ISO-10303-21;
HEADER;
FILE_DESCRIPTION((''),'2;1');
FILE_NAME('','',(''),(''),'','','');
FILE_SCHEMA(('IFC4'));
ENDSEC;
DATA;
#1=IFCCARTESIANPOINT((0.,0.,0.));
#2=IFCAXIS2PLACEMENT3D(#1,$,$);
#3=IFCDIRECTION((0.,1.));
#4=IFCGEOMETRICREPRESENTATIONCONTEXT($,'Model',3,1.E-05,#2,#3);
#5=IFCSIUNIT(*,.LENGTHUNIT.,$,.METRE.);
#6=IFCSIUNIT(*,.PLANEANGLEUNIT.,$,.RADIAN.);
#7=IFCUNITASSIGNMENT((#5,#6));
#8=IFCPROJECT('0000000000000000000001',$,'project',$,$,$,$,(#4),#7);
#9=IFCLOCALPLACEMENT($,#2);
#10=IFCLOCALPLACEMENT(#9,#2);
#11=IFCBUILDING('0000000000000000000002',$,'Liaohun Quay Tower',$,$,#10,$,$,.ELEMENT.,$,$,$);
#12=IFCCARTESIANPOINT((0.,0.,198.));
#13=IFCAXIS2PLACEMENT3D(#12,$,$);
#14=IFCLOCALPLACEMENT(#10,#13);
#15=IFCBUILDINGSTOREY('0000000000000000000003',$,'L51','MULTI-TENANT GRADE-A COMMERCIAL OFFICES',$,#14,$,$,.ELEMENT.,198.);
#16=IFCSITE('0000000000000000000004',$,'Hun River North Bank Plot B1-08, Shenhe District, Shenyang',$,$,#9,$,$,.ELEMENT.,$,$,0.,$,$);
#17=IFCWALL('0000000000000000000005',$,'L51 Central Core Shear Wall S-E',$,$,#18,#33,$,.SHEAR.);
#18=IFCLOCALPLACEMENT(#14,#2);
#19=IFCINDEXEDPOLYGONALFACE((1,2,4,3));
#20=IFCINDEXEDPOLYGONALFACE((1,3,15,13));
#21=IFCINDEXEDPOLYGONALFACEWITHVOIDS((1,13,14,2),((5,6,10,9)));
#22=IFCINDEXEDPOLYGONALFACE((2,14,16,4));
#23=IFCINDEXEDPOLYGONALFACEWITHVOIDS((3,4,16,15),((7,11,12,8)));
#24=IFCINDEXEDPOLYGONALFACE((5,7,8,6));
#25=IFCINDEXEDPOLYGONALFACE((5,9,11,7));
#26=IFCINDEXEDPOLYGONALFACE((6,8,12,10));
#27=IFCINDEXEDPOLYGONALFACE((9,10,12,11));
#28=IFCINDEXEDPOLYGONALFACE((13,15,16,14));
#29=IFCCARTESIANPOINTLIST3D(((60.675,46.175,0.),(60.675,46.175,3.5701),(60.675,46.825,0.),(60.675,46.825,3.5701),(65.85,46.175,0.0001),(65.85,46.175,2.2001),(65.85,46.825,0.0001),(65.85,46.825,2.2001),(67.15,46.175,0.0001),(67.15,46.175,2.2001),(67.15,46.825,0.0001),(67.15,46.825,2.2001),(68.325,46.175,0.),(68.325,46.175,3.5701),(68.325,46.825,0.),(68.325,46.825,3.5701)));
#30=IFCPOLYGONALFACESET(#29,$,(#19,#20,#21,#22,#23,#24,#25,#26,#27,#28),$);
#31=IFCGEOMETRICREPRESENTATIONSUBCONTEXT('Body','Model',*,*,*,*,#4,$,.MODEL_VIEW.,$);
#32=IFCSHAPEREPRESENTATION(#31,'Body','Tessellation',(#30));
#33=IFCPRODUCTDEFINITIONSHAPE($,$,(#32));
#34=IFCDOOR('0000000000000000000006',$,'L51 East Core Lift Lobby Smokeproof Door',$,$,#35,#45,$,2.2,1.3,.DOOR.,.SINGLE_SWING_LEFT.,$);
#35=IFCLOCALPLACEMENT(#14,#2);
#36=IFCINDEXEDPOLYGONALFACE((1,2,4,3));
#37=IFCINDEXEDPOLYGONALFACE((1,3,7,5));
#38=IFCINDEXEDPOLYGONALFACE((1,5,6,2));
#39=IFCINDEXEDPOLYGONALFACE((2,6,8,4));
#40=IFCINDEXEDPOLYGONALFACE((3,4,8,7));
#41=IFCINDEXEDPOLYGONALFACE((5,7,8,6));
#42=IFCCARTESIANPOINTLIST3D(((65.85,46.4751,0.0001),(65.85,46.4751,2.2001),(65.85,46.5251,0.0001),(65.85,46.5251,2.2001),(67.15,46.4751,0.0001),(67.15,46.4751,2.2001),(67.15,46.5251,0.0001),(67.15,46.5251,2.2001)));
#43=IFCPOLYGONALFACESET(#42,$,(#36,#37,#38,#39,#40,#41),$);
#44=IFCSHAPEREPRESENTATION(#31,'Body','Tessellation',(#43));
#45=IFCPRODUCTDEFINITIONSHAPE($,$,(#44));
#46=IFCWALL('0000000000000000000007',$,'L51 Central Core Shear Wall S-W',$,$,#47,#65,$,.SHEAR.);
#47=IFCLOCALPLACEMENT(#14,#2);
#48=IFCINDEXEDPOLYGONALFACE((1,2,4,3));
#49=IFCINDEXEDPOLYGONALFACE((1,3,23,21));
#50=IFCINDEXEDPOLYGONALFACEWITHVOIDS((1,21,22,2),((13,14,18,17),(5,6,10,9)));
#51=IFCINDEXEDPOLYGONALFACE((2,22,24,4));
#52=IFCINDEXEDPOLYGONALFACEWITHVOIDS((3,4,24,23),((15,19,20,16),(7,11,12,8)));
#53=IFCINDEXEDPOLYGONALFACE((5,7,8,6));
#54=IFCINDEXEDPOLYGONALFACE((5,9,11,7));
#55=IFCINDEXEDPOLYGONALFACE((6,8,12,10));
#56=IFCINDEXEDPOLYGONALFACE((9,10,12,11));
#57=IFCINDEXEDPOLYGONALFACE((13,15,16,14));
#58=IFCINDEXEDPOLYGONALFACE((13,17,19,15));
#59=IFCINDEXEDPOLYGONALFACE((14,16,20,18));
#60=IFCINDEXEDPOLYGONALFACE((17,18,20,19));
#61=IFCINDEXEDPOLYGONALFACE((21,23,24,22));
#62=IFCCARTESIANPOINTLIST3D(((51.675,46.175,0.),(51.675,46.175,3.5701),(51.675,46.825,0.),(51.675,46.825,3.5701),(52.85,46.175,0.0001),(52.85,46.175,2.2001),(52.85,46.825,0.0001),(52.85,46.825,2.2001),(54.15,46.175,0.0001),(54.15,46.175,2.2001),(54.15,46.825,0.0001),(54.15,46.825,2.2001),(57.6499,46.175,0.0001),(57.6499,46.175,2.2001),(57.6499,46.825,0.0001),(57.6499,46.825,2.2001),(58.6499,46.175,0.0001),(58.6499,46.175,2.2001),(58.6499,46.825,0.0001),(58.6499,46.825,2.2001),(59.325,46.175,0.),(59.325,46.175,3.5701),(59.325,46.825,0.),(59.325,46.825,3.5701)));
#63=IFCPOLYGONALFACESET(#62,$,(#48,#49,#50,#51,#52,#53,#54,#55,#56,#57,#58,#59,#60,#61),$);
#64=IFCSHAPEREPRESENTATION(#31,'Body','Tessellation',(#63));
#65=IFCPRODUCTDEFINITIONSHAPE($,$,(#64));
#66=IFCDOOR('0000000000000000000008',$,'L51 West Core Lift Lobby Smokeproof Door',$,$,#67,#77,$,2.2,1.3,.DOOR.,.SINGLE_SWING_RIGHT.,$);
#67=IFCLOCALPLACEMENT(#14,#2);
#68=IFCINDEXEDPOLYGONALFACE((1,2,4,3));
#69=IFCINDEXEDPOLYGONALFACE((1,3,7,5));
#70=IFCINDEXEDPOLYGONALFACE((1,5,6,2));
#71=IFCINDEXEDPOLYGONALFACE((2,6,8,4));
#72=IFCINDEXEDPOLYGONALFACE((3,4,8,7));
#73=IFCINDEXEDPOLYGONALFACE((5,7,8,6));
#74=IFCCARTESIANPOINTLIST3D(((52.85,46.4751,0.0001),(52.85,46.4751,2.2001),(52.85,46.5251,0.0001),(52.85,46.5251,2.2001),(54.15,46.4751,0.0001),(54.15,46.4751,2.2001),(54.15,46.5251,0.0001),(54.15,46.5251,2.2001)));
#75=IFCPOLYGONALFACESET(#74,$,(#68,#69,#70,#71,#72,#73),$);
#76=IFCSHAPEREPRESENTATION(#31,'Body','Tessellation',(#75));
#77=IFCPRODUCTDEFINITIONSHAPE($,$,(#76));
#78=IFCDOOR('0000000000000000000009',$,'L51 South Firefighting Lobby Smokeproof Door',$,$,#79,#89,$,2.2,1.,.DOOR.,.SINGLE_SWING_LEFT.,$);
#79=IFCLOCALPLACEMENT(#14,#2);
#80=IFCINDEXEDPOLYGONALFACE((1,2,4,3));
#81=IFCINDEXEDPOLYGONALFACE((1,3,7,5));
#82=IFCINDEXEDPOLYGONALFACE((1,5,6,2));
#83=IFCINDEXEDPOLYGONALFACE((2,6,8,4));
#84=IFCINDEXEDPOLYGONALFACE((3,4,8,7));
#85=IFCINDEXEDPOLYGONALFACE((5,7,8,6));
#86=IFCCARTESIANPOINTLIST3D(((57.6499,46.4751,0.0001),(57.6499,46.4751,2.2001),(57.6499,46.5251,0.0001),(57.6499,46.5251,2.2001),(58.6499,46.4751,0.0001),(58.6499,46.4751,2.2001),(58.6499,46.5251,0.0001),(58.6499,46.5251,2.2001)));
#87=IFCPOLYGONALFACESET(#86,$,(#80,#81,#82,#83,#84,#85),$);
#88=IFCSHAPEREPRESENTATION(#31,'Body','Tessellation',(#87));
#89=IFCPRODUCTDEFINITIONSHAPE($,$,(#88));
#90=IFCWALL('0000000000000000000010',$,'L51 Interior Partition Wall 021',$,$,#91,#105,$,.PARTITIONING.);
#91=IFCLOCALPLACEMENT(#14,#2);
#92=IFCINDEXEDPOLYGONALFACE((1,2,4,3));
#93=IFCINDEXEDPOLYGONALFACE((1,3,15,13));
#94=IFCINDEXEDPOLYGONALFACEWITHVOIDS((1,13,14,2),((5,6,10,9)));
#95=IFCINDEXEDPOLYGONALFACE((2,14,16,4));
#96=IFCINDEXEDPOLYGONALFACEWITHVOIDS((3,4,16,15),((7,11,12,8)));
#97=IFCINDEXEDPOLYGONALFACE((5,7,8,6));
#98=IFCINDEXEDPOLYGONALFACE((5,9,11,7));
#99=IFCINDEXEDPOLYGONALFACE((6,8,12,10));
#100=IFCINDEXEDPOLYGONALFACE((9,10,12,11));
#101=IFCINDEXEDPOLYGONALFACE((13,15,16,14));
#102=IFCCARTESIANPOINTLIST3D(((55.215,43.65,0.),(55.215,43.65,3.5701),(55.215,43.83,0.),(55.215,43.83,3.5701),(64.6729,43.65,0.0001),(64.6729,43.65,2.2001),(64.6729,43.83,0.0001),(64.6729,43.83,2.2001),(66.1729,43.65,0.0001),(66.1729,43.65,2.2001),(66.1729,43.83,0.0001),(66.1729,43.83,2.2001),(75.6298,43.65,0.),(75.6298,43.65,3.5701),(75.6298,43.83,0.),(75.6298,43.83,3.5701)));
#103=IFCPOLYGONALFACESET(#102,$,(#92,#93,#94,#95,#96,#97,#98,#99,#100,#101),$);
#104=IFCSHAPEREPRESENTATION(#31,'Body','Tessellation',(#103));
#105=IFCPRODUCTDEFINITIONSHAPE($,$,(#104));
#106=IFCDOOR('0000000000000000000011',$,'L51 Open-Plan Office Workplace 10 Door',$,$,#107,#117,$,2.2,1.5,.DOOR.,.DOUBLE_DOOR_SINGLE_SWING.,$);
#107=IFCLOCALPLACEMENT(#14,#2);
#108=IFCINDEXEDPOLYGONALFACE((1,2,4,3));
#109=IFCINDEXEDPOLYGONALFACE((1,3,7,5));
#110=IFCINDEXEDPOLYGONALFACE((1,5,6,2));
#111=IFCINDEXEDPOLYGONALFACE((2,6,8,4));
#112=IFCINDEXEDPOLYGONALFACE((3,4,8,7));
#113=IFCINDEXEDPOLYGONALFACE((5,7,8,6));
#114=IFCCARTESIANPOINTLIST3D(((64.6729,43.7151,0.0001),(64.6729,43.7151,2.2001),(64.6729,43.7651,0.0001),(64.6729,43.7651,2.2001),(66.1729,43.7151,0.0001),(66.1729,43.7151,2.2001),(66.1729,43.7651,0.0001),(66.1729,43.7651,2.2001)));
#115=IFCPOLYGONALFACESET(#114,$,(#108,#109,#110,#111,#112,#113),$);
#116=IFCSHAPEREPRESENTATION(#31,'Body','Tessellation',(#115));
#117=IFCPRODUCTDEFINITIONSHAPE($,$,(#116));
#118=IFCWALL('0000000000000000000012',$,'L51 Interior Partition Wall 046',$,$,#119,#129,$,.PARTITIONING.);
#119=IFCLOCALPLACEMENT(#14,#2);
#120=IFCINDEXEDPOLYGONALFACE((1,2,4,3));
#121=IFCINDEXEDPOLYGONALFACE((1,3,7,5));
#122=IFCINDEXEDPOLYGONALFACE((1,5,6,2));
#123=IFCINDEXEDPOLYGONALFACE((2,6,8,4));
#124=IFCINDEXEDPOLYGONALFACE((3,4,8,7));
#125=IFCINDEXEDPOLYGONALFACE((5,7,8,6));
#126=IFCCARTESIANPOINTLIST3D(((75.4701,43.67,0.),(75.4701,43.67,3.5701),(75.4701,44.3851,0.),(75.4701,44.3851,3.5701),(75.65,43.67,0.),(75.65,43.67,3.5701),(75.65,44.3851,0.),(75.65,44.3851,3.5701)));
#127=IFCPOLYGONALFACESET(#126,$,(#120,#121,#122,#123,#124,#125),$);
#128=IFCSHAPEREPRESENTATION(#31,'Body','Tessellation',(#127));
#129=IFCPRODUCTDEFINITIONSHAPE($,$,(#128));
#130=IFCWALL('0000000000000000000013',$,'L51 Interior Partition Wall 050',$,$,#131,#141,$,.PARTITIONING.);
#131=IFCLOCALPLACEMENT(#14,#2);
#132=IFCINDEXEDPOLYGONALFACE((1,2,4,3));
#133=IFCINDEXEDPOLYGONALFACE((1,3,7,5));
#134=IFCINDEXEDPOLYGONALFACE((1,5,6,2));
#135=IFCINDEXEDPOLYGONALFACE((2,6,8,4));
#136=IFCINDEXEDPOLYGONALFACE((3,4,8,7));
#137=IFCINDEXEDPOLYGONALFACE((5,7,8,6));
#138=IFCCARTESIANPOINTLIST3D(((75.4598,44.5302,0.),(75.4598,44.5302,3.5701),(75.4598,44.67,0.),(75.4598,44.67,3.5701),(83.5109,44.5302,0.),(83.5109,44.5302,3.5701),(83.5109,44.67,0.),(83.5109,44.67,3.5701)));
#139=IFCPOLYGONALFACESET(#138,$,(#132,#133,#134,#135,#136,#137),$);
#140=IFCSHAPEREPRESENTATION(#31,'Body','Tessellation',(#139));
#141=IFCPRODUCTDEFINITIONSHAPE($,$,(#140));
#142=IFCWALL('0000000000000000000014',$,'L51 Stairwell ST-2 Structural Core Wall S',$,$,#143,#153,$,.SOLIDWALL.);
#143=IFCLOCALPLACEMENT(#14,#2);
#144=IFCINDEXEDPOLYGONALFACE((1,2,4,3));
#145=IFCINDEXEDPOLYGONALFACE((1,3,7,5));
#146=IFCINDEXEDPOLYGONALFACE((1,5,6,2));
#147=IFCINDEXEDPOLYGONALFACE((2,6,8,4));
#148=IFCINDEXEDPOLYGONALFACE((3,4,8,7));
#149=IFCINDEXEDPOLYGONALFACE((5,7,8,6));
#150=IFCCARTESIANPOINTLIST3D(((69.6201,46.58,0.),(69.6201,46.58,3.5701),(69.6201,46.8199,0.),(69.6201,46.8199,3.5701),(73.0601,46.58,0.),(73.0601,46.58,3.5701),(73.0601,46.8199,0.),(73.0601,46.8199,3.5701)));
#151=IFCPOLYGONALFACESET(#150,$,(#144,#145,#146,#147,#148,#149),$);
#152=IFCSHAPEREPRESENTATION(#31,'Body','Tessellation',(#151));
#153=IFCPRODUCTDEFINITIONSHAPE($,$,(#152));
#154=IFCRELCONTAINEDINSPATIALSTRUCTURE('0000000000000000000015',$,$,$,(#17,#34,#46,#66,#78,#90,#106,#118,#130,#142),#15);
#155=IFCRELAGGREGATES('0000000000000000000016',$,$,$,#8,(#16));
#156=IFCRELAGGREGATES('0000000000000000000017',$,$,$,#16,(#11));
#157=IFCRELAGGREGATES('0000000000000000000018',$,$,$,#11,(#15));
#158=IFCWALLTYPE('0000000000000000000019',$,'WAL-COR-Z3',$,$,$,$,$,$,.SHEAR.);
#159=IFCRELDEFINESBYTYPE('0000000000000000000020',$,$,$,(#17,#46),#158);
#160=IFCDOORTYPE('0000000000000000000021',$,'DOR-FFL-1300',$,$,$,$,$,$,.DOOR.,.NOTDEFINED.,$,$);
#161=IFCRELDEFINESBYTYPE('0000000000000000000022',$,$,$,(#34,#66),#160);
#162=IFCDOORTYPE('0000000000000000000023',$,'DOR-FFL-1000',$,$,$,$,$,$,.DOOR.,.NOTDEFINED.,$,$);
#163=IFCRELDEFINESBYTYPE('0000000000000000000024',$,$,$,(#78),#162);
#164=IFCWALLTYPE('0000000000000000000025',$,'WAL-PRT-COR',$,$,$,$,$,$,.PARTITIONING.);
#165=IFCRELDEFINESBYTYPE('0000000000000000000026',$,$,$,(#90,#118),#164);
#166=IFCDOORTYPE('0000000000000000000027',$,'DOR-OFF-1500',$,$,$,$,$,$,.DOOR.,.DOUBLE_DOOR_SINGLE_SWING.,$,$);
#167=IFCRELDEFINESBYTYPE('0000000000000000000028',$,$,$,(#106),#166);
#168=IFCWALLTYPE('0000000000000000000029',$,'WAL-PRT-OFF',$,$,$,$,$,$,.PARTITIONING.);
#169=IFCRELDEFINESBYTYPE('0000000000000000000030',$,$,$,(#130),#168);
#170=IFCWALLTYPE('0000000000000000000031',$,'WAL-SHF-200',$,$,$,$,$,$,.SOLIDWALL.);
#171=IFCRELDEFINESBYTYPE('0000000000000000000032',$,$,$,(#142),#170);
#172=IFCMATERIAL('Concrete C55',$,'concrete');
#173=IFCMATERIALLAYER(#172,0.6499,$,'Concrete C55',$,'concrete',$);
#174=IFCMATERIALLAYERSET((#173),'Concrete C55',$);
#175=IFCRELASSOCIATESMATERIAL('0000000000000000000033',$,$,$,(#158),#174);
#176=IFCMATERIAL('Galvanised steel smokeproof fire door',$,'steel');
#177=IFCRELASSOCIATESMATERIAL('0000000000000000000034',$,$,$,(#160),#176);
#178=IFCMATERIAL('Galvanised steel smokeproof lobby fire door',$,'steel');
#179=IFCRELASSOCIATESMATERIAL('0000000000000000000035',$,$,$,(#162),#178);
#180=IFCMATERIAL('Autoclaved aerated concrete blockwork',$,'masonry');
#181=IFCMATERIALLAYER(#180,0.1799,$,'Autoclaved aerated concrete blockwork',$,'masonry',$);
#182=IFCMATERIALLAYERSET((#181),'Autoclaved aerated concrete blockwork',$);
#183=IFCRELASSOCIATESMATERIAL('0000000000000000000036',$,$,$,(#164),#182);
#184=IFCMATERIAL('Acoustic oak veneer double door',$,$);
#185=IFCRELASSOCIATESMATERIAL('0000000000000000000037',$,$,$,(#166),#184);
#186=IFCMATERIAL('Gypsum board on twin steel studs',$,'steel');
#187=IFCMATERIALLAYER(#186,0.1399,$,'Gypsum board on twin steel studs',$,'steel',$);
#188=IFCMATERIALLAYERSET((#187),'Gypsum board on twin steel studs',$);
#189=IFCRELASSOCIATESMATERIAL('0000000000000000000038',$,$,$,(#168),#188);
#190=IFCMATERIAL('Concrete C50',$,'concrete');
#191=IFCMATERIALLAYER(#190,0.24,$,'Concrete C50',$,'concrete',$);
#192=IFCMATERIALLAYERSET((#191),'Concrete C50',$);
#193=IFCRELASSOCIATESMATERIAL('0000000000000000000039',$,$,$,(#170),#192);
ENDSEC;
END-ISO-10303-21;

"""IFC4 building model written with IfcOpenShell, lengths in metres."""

from ifc_helpers import new_model, si_unit, direction, frame, frame_2d, origin, place, context, subcontext, project, spatial, rectangle, extrude, source, transform, mapped, material, layer, layer_set, type_object, element, fill, save


model = new_model("IFC4")

# Units and contexts
model_context = context("Model", 3, precision=1e-05, world=origin(), true_north=direction((0.0, 1.0)))
body_context = subcontext(model_context, "Body", "Model", "MODEL_VIEW")
ifc_project = project(units=[si_unit("LENGTHUNIT", "METRE"), si_unit("PLANEANGLEUNIT", "RADIAN")], contexts=[model_context])

# Site, building, storey
site_placement = place(None, origin())
site = spatial("IfcSite", under=ifc_project, at=site_placement, Name="Hun River North Bank Plot B1-08, Shenhe District, Shenyang", CompositionType="ELEMENT", RefElevation=0.0)
building_placement = place(site_placement, origin())
building = spatial("IfcBuilding", under=site, at=building_placement, Name="Liaohun Quay Tower", CompositionType="ELEMENT")
storey_placement = place(building_placement, frame((0.0, 0.0, 198.0)))
storey = spatial("IfcBuildingStorey", under=building, at=storey_placement, Name="L51", Description="MULTI-TENANT GRADE-A COMMERCIAL OFFICES", CompositionType="ELEMENT", Elevation=198.0)

# Shared definitions
ifc_material_1 = material(Name="Concrete C55", Category="concrete")

# Wall, opening, door
ifc_layer_1 = layer(ifc_material_1, 0.6499, Name="Concrete C55", Category="concrete")
ifc_layer_set_1 = layer_set([ifc_layer_1], Name="Concrete C55")
wall_type_1 = type_object("IfcWallType", Name="WAL-COR-Z3", PredefinedType="SHEAR", material=ifc_layer_set_1)
wall_1_placement = place(storey_placement, frame((68.325, 46.5, 0.0), z_axis=(0.0, 0.0, 1.0), x_axis=(-1.0, 0.0, 0.0)))
wall_1 = element("IfcWall", 1, at=wall_1_placement, inside=storey, type_object=wall_type_1, Name="L51 Central Core Shear Wall S-E", PredefinedType="SHEAR", context=body_context, shape_type="SweptSolid", body=[
    extrude(rectangle(XDim=7.6499, YDim=0.6499, at=frame_2d((3.825, 0.0))), origin(), (0.0, 0.0, 1.0), 3.5701),
])
shared_shape_1 = source(origin(), body_context, "Body", "SweptSolid", [
    extrude(rectangle(XDim=1.3, YDim=2.2, at=frame_2d((0.6499, 1.1001))), frame((0.0, 0.335, 0.0), z_axis=(0.0, -1.0, 0.0), x_axis=(1.0, 0.0, 0.0)), (0.0, 0.0, 1.0), 0.6699),
])
opening_1_placement = place(wall_1_placement, frame((1.175, 0.0, 0.0)))
opening_1 = element("IfcOpeningElement", 2, at=opening_1_placement, cuts=wall_1, PredefinedType="OPENING", context=body_context, shape_type="MappedRepresentation", body=[
    mapped(shared_shape_1, transform((0.0, 0.0, 0.0), x_axis=(1.0, 0.0, 0.0), y_axis=(0.0, 1.0, 0.0), z_axis=(0.0, 0.0, 1.0), scale=1.0)),
])
ifc_material_2 = material(Name="Galvanised steel smokeproof fire door", Category="steel")
door_type_1 = type_object("IfcDoorType", Name="DOR-FFL-1300", OperationType="NOTDEFINED", PredefinedType="DOOR", material=ifc_material_2)
shared_shape_2 = source(origin(), body_context, "Body", "SweptSolid", [
    extrude(rectangle(XDim=1.3, YDim=2.2, at=frame_2d((0.6499, 1.1001))), frame((0.0, 0.0249, 0.0), z_axis=(0.0, -1.0, 0.0), x_axis=(1.0, 0.0, 0.0)), (0.0, 0.0, 1.0), 0.05),
])
door_1_placement = place(opening_1_placement, origin())
door_1 = element("IfcDoor", 3, at=door_1_placement, inside=storey, type_object=door_type_1, Name="L51 East Core Lift Lobby Smokeproof Door", OperationType="SINGLE_SWING_LEFT", OverallHeight=2.2, OverallWidth=1.3, PredefinedType="DOOR", context=body_context, shape_type="MappedRepresentation", body=[
    mapped(shared_shape_2, transform((0.0, 0.0, 0.0), x_axis=(1.0, 0.0, 0.0), y_axis=(0.0, 1.0, 0.0), z_axis=(0.0, 0.0, 1.0), scale=1.0)),
])
fill(opening_1, door_1)

# Wall, openings, doors
wall_2_placement = place(storey_placement, frame((59.325, 46.5, 0.0), z_axis=(0.0, 0.0, 1.0), x_axis=(-1.0, 0.0, 0.0)))
wall_2 = element("IfcWall", 4, at=wall_2_placement, inside=storey, type_object=wall_type_1, Name="L51 Central Core Shear Wall S-W", PredefinedType="SHEAR", context=body_context, shape_type="SweptSolid", body=[
    extrude(rectangle(XDim=7.6499, YDim=0.6499, at=frame_2d((3.825, 0.0))), origin(), (0.0, 0.0, 1.0), 3.5701),
])
opening_2_placement = place(wall_2_placement, frame((5.175, 0.0, 0.0)))
opening_2 = element("IfcOpeningElement", 5, at=opening_2_placement, cuts=wall_2, PredefinedType="OPENING", context=body_context, shape_type="MappedRepresentation", body=[
    mapped(shared_shape_1, transform((0.0, 0.0, 0.0), x_axis=(1.0, 0.0, 0.0), y_axis=(0.0, 1.0, 0.0), z_axis=(0.0, 0.0, 1.0), scale=1.0)),
])
shared_shape_3 = source(origin(), body_context, "Body", "SweptSolid", [
    extrude(rectangle(XDim=1.0, YDim=2.2, at=frame_2d((0.5, 1.1001))), frame((0.0, 0.335, 0.0), z_axis=(0.0, -1.0, 0.0), x_axis=(1.0, 0.0, 0.0)), (0.0, 0.0, 1.0), 0.6699),
])
opening_3_placement = place(wall_2_placement, frame((0.675, 0.0, 0.0)))
opening_3 = element("IfcOpeningElement", 6, at=opening_3_placement, cuts=wall_2, PredefinedType="OPENING", context=body_context, shape_type="MappedRepresentation", body=[
    mapped(shared_shape_3, transform((0.0, 0.0, 0.0), x_axis=(1.0, 0.0, 0.0), y_axis=(0.0, 1.0, 0.0), z_axis=(0.0, 0.0, 1.0), scale=1.0)),
])
door_2_placement = place(opening_2_placement, origin())
door_2 = element("IfcDoor", 7, at=door_2_placement, inside=storey, type_object=door_type_1, Name="L51 West Core Lift Lobby Smokeproof Door", OperationType="SINGLE_SWING_RIGHT", OverallHeight=2.2, OverallWidth=1.3, PredefinedType="DOOR", context=body_context, shape_type="MappedRepresentation", body=[
    mapped(shared_shape_2, transform((0.0, 0.0, 0.0), x_axis=(1.0, 0.0, 0.0), y_axis=(0.0, 1.0, 0.0), z_axis=(0.0, 0.0, 1.0), scale=1.0)),
])
fill(opening_2, door_2)
ifc_material_3 = material(Name="Galvanised steel smokeproof lobby fire door", Category="steel")
door_type_2 = type_object("IfcDoorType", Name="DOR-FFL-1000", OperationType="NOTDEFINED", PredefinedType="DOOR", material=ifc_material_3)
shared_shape_4 = source(origin(), body_context, "Body", "SweptSolid", [
    extrude(rectangle(XDim=1.0, YDim=2.2, at=frame_2d((0.5, 1.1001))), frame((0.0, 0.0249, 0.0), z_axis=(0.0, -1.0, 0.0), x_axis=(1.0, 0.0, 0.0)), (0.0, 0.0, 1.0), 0.05),
])
door_3_placement = place(opening_3_placement, origin())
door_3 = element("IfcDoor", 8, at=door_3_placement, inside=storey, type_object=door_type_2, Name="L51 South Firefighting Lobby Smokeproof Door", OperationType="SINGLE_SWING_LEFT", OverallHeight=2.2, OverallWidth=1.0, PredefinedType="DOOR", context=body_context, shape_type="MappedRepresentation", body=[
    mapped(shared_shape_4, transform((0.0, 0.0, 0.0), x_axis=(1.0, 0.0, 0.0), y_axis=(0.0, 1.0, 0.0), z_axis=(0.0, 0.0, 1.0), scale=1.0)),
])
fill(opening_3, door_3)

# Wall, opening, door
ifc_material_4 = material(Name="Autoclaved aerated concrete blockwork", Category="masonry")
ifc_layer_2 = layer(ifc_material_4, 0.1799, Name="Autoclaved aerated concrete blockwork", Category="masonry")
ifc_layer_set_2 = layer_set([ifc_layer_2], Name="Autoclaved aerated concrete blockwork")
wall_type_2 = type_object("IfcWallType", Name="WAL-PRT-COR", PredefinedType="PARTITIONING", material=ifc_layer_set_2)
wall_3_placement = place(storey_placement, frame((75.6299, 43.74, 0.0), z_axis=(0.0, 0.0, 1.0), x_axis=(-1.0, 0.0, 0.0)))
wall_3 = element("IfcWall", 9, at=wall_3_placement, inside=storey, type_object=wall_type_2, Name="L51 Interior Partition Wall 021", PredefinedType="PARTITIONING", context=body_context, shape_type="SweptSolid", body=[
    extrude(rectangle(XDim=20.4148, YDim=0.1799, at=frame_2d((10.2075, 0.0))), origin(), (0.0, 0.0, 1.0), 3.5701),
])
shared_shape_5 = source(origin(), body_context, "Body", "SweptSolid", [
    extrude(rectangle(XDim=1.5, YDim=2.2, at=frame_2d((0.75, 1.1001))), frame((0.0, 0.0999, 0.0), z_axis=(0.0, -1.0, 0.0), x_axis=(1.0, 0.0, 0.0)), (0.0, 0.0, 1.0), 0.2),
])
opening_4_placement = place(wall_3_placement, frame((9.457, 0.0, 0.0)))
opening_4 = element("IfcOpeningElement", 10, at=opening_4_placement, cuts=wall_3, PredefinedType="OPENING", context=body_context, shape_type="MappedRepresentation", body=[
    mapped(shared_shape_5, transform((0.0, 0.0, 0.0), x_axis=(1.0, 0.0, 0.0), y_axis=(0.0, 1.0, 0.0), z_axis=(0.0, 0.0, 1.0), scale=1.0)),
])
ifc_material_5 = material(Name="Acoustic oak veneer double door")
door_type_3 = type_object("IfcDoorType", Name="DOR-OFF-1500", OperationType="DOUBLE_DOOR_SINGLE_SWING", PredefinedType="DOOR", material=ifc_material_5)
shared_shape_6 = source(origin(), body_context, "Body", "SweptSolid", [
    extrude(rectangle(XDim=1.5, YDim=2.2, at=frame_2d((0.75, 1.1001))), frame((0.0, 0.0249, 0.0), z_axis=(0.0, -1.0, 0.0), x_axis=(1.0, 0.0, 0.0)), (0.0, 0.0, 1.0), 0.05),
])
door_4_placement = place(opening_4_placement, origin())
door_4 = element("IfcDoor", 11, at=door_4_placement, inside=storey, type_object=door_type_3, Name="L51 Open-Plan Office Workplace 10 Door", OperationType="DOUBLE_DOOR_SINGLE_SWING", OverallHeight=2.2, OverallWidth=1.5, PredefinedType="DOOR", context=body_context, shape_type="MappedRepresentation", body=[
    mapped(shared_shape_6, transform((0.0, 0.0, 0.0), x_axis=(1.0, 0.0, 0.0), y_axis=(0.0, 1.0, 0.0), z_axis=(0.0, 0.0, 1.0), scale=1.0)),
])
fill(opening_4, door_4)

# Walls
wall_4_placement = place(storey_placement, frame((75.5601, 44.385, 0.0), z_axis=(0.0, 0.0, 1.0), x_axis=(0.0, -1.0, 0.0)))
element("IfcWall", 12, at=wall_4_placement, inside=storey, type_object=wall_type_2, Name="L51 Interior Partition Wall 046", PredefinedType="PARTITIONING", context=body_context, shape_type="SweptSolid", body=[
    extrude(rectangle(XDim=0.7151, YDim=0.1799, at=frame_2d((0.3574, 0.0))), origin(), (0.0, 0.0, 1.0), 3.5701),
])
ifc_material_6 = material(Name="Gypsum board on twin steel studs", Category="steel")
ifc_layer_3 = layer(ifc_material_6, 0.1399, Name="Gypsum board on twin steel studs", Category="steel")
ifc_layer_set_3 = layer_set([ifc_layer_3], Name="Gypsum board on twin steel studs")
wall_type_3 = type_object("IfcWallType", Name="WAL-PRT-OFF", PredefinedType="PARTITIONING", material=ifc_layer_set_3)
wall_5_placement = place(storey_placement, frame((75.46, 44.6001, 0.0), z_axis=(0.0, 0.0, 1.0), x_axis=(1.0, 0.0, 0.0)))
element("IfcWall", 13, at=wall_5_placement, inside=storey, type_object=wall_type_3, Name="L51 Interior Partition Wall 050", PredefinedType="PARTITIONING", context=body_context, shape_type="SweptSolid", body=[
    extrude(rectangle(XDim=8.051, YDim=0.1399, at=frame_2d((4.0254, 0.0))), origin(), (0.0, 0.0, 1.0), 3.5701),
])
ifc_material_7 = material(Name="Concrete C50", Category="concrete")
ifc_layer_4 = layer(ifc_material_7, 0.24, Name="Concrete C50", Category="concrete")
ifc_layer_set_4 = layer_set([ifc_layer_4], Name="Concrete C50")
wall_type_4 = type_object("IfcWallType", Name="WAL-SHF-200", PredefinedType="SOLIDWALL", material=ifc_layer_set_4)
wall_6_placement = place(storey_placement, frame((69.6201, 46.7, 0.0), z_axis=(0.0, 0.0, 1.0), x_axis=(1.0, 0.0, 0.0)))
element("IfcWall", 14, at=wall_6_placement, inside=storey, type_object=wall_type_4, Name="L51 Stairwell ST-2 Structural Core Wall S", PredefinedType="SOLIDWALL", context=body_context, shape_type="SweptSolid", body=[
    extrude(rectangle(XDim=3.4399, YDim=0.24, at=frame_2d((1.72, 0.0))), origin(), (0.0, 0.0, 1.0), 3.5701),
])

save(model, "model.ifc")
